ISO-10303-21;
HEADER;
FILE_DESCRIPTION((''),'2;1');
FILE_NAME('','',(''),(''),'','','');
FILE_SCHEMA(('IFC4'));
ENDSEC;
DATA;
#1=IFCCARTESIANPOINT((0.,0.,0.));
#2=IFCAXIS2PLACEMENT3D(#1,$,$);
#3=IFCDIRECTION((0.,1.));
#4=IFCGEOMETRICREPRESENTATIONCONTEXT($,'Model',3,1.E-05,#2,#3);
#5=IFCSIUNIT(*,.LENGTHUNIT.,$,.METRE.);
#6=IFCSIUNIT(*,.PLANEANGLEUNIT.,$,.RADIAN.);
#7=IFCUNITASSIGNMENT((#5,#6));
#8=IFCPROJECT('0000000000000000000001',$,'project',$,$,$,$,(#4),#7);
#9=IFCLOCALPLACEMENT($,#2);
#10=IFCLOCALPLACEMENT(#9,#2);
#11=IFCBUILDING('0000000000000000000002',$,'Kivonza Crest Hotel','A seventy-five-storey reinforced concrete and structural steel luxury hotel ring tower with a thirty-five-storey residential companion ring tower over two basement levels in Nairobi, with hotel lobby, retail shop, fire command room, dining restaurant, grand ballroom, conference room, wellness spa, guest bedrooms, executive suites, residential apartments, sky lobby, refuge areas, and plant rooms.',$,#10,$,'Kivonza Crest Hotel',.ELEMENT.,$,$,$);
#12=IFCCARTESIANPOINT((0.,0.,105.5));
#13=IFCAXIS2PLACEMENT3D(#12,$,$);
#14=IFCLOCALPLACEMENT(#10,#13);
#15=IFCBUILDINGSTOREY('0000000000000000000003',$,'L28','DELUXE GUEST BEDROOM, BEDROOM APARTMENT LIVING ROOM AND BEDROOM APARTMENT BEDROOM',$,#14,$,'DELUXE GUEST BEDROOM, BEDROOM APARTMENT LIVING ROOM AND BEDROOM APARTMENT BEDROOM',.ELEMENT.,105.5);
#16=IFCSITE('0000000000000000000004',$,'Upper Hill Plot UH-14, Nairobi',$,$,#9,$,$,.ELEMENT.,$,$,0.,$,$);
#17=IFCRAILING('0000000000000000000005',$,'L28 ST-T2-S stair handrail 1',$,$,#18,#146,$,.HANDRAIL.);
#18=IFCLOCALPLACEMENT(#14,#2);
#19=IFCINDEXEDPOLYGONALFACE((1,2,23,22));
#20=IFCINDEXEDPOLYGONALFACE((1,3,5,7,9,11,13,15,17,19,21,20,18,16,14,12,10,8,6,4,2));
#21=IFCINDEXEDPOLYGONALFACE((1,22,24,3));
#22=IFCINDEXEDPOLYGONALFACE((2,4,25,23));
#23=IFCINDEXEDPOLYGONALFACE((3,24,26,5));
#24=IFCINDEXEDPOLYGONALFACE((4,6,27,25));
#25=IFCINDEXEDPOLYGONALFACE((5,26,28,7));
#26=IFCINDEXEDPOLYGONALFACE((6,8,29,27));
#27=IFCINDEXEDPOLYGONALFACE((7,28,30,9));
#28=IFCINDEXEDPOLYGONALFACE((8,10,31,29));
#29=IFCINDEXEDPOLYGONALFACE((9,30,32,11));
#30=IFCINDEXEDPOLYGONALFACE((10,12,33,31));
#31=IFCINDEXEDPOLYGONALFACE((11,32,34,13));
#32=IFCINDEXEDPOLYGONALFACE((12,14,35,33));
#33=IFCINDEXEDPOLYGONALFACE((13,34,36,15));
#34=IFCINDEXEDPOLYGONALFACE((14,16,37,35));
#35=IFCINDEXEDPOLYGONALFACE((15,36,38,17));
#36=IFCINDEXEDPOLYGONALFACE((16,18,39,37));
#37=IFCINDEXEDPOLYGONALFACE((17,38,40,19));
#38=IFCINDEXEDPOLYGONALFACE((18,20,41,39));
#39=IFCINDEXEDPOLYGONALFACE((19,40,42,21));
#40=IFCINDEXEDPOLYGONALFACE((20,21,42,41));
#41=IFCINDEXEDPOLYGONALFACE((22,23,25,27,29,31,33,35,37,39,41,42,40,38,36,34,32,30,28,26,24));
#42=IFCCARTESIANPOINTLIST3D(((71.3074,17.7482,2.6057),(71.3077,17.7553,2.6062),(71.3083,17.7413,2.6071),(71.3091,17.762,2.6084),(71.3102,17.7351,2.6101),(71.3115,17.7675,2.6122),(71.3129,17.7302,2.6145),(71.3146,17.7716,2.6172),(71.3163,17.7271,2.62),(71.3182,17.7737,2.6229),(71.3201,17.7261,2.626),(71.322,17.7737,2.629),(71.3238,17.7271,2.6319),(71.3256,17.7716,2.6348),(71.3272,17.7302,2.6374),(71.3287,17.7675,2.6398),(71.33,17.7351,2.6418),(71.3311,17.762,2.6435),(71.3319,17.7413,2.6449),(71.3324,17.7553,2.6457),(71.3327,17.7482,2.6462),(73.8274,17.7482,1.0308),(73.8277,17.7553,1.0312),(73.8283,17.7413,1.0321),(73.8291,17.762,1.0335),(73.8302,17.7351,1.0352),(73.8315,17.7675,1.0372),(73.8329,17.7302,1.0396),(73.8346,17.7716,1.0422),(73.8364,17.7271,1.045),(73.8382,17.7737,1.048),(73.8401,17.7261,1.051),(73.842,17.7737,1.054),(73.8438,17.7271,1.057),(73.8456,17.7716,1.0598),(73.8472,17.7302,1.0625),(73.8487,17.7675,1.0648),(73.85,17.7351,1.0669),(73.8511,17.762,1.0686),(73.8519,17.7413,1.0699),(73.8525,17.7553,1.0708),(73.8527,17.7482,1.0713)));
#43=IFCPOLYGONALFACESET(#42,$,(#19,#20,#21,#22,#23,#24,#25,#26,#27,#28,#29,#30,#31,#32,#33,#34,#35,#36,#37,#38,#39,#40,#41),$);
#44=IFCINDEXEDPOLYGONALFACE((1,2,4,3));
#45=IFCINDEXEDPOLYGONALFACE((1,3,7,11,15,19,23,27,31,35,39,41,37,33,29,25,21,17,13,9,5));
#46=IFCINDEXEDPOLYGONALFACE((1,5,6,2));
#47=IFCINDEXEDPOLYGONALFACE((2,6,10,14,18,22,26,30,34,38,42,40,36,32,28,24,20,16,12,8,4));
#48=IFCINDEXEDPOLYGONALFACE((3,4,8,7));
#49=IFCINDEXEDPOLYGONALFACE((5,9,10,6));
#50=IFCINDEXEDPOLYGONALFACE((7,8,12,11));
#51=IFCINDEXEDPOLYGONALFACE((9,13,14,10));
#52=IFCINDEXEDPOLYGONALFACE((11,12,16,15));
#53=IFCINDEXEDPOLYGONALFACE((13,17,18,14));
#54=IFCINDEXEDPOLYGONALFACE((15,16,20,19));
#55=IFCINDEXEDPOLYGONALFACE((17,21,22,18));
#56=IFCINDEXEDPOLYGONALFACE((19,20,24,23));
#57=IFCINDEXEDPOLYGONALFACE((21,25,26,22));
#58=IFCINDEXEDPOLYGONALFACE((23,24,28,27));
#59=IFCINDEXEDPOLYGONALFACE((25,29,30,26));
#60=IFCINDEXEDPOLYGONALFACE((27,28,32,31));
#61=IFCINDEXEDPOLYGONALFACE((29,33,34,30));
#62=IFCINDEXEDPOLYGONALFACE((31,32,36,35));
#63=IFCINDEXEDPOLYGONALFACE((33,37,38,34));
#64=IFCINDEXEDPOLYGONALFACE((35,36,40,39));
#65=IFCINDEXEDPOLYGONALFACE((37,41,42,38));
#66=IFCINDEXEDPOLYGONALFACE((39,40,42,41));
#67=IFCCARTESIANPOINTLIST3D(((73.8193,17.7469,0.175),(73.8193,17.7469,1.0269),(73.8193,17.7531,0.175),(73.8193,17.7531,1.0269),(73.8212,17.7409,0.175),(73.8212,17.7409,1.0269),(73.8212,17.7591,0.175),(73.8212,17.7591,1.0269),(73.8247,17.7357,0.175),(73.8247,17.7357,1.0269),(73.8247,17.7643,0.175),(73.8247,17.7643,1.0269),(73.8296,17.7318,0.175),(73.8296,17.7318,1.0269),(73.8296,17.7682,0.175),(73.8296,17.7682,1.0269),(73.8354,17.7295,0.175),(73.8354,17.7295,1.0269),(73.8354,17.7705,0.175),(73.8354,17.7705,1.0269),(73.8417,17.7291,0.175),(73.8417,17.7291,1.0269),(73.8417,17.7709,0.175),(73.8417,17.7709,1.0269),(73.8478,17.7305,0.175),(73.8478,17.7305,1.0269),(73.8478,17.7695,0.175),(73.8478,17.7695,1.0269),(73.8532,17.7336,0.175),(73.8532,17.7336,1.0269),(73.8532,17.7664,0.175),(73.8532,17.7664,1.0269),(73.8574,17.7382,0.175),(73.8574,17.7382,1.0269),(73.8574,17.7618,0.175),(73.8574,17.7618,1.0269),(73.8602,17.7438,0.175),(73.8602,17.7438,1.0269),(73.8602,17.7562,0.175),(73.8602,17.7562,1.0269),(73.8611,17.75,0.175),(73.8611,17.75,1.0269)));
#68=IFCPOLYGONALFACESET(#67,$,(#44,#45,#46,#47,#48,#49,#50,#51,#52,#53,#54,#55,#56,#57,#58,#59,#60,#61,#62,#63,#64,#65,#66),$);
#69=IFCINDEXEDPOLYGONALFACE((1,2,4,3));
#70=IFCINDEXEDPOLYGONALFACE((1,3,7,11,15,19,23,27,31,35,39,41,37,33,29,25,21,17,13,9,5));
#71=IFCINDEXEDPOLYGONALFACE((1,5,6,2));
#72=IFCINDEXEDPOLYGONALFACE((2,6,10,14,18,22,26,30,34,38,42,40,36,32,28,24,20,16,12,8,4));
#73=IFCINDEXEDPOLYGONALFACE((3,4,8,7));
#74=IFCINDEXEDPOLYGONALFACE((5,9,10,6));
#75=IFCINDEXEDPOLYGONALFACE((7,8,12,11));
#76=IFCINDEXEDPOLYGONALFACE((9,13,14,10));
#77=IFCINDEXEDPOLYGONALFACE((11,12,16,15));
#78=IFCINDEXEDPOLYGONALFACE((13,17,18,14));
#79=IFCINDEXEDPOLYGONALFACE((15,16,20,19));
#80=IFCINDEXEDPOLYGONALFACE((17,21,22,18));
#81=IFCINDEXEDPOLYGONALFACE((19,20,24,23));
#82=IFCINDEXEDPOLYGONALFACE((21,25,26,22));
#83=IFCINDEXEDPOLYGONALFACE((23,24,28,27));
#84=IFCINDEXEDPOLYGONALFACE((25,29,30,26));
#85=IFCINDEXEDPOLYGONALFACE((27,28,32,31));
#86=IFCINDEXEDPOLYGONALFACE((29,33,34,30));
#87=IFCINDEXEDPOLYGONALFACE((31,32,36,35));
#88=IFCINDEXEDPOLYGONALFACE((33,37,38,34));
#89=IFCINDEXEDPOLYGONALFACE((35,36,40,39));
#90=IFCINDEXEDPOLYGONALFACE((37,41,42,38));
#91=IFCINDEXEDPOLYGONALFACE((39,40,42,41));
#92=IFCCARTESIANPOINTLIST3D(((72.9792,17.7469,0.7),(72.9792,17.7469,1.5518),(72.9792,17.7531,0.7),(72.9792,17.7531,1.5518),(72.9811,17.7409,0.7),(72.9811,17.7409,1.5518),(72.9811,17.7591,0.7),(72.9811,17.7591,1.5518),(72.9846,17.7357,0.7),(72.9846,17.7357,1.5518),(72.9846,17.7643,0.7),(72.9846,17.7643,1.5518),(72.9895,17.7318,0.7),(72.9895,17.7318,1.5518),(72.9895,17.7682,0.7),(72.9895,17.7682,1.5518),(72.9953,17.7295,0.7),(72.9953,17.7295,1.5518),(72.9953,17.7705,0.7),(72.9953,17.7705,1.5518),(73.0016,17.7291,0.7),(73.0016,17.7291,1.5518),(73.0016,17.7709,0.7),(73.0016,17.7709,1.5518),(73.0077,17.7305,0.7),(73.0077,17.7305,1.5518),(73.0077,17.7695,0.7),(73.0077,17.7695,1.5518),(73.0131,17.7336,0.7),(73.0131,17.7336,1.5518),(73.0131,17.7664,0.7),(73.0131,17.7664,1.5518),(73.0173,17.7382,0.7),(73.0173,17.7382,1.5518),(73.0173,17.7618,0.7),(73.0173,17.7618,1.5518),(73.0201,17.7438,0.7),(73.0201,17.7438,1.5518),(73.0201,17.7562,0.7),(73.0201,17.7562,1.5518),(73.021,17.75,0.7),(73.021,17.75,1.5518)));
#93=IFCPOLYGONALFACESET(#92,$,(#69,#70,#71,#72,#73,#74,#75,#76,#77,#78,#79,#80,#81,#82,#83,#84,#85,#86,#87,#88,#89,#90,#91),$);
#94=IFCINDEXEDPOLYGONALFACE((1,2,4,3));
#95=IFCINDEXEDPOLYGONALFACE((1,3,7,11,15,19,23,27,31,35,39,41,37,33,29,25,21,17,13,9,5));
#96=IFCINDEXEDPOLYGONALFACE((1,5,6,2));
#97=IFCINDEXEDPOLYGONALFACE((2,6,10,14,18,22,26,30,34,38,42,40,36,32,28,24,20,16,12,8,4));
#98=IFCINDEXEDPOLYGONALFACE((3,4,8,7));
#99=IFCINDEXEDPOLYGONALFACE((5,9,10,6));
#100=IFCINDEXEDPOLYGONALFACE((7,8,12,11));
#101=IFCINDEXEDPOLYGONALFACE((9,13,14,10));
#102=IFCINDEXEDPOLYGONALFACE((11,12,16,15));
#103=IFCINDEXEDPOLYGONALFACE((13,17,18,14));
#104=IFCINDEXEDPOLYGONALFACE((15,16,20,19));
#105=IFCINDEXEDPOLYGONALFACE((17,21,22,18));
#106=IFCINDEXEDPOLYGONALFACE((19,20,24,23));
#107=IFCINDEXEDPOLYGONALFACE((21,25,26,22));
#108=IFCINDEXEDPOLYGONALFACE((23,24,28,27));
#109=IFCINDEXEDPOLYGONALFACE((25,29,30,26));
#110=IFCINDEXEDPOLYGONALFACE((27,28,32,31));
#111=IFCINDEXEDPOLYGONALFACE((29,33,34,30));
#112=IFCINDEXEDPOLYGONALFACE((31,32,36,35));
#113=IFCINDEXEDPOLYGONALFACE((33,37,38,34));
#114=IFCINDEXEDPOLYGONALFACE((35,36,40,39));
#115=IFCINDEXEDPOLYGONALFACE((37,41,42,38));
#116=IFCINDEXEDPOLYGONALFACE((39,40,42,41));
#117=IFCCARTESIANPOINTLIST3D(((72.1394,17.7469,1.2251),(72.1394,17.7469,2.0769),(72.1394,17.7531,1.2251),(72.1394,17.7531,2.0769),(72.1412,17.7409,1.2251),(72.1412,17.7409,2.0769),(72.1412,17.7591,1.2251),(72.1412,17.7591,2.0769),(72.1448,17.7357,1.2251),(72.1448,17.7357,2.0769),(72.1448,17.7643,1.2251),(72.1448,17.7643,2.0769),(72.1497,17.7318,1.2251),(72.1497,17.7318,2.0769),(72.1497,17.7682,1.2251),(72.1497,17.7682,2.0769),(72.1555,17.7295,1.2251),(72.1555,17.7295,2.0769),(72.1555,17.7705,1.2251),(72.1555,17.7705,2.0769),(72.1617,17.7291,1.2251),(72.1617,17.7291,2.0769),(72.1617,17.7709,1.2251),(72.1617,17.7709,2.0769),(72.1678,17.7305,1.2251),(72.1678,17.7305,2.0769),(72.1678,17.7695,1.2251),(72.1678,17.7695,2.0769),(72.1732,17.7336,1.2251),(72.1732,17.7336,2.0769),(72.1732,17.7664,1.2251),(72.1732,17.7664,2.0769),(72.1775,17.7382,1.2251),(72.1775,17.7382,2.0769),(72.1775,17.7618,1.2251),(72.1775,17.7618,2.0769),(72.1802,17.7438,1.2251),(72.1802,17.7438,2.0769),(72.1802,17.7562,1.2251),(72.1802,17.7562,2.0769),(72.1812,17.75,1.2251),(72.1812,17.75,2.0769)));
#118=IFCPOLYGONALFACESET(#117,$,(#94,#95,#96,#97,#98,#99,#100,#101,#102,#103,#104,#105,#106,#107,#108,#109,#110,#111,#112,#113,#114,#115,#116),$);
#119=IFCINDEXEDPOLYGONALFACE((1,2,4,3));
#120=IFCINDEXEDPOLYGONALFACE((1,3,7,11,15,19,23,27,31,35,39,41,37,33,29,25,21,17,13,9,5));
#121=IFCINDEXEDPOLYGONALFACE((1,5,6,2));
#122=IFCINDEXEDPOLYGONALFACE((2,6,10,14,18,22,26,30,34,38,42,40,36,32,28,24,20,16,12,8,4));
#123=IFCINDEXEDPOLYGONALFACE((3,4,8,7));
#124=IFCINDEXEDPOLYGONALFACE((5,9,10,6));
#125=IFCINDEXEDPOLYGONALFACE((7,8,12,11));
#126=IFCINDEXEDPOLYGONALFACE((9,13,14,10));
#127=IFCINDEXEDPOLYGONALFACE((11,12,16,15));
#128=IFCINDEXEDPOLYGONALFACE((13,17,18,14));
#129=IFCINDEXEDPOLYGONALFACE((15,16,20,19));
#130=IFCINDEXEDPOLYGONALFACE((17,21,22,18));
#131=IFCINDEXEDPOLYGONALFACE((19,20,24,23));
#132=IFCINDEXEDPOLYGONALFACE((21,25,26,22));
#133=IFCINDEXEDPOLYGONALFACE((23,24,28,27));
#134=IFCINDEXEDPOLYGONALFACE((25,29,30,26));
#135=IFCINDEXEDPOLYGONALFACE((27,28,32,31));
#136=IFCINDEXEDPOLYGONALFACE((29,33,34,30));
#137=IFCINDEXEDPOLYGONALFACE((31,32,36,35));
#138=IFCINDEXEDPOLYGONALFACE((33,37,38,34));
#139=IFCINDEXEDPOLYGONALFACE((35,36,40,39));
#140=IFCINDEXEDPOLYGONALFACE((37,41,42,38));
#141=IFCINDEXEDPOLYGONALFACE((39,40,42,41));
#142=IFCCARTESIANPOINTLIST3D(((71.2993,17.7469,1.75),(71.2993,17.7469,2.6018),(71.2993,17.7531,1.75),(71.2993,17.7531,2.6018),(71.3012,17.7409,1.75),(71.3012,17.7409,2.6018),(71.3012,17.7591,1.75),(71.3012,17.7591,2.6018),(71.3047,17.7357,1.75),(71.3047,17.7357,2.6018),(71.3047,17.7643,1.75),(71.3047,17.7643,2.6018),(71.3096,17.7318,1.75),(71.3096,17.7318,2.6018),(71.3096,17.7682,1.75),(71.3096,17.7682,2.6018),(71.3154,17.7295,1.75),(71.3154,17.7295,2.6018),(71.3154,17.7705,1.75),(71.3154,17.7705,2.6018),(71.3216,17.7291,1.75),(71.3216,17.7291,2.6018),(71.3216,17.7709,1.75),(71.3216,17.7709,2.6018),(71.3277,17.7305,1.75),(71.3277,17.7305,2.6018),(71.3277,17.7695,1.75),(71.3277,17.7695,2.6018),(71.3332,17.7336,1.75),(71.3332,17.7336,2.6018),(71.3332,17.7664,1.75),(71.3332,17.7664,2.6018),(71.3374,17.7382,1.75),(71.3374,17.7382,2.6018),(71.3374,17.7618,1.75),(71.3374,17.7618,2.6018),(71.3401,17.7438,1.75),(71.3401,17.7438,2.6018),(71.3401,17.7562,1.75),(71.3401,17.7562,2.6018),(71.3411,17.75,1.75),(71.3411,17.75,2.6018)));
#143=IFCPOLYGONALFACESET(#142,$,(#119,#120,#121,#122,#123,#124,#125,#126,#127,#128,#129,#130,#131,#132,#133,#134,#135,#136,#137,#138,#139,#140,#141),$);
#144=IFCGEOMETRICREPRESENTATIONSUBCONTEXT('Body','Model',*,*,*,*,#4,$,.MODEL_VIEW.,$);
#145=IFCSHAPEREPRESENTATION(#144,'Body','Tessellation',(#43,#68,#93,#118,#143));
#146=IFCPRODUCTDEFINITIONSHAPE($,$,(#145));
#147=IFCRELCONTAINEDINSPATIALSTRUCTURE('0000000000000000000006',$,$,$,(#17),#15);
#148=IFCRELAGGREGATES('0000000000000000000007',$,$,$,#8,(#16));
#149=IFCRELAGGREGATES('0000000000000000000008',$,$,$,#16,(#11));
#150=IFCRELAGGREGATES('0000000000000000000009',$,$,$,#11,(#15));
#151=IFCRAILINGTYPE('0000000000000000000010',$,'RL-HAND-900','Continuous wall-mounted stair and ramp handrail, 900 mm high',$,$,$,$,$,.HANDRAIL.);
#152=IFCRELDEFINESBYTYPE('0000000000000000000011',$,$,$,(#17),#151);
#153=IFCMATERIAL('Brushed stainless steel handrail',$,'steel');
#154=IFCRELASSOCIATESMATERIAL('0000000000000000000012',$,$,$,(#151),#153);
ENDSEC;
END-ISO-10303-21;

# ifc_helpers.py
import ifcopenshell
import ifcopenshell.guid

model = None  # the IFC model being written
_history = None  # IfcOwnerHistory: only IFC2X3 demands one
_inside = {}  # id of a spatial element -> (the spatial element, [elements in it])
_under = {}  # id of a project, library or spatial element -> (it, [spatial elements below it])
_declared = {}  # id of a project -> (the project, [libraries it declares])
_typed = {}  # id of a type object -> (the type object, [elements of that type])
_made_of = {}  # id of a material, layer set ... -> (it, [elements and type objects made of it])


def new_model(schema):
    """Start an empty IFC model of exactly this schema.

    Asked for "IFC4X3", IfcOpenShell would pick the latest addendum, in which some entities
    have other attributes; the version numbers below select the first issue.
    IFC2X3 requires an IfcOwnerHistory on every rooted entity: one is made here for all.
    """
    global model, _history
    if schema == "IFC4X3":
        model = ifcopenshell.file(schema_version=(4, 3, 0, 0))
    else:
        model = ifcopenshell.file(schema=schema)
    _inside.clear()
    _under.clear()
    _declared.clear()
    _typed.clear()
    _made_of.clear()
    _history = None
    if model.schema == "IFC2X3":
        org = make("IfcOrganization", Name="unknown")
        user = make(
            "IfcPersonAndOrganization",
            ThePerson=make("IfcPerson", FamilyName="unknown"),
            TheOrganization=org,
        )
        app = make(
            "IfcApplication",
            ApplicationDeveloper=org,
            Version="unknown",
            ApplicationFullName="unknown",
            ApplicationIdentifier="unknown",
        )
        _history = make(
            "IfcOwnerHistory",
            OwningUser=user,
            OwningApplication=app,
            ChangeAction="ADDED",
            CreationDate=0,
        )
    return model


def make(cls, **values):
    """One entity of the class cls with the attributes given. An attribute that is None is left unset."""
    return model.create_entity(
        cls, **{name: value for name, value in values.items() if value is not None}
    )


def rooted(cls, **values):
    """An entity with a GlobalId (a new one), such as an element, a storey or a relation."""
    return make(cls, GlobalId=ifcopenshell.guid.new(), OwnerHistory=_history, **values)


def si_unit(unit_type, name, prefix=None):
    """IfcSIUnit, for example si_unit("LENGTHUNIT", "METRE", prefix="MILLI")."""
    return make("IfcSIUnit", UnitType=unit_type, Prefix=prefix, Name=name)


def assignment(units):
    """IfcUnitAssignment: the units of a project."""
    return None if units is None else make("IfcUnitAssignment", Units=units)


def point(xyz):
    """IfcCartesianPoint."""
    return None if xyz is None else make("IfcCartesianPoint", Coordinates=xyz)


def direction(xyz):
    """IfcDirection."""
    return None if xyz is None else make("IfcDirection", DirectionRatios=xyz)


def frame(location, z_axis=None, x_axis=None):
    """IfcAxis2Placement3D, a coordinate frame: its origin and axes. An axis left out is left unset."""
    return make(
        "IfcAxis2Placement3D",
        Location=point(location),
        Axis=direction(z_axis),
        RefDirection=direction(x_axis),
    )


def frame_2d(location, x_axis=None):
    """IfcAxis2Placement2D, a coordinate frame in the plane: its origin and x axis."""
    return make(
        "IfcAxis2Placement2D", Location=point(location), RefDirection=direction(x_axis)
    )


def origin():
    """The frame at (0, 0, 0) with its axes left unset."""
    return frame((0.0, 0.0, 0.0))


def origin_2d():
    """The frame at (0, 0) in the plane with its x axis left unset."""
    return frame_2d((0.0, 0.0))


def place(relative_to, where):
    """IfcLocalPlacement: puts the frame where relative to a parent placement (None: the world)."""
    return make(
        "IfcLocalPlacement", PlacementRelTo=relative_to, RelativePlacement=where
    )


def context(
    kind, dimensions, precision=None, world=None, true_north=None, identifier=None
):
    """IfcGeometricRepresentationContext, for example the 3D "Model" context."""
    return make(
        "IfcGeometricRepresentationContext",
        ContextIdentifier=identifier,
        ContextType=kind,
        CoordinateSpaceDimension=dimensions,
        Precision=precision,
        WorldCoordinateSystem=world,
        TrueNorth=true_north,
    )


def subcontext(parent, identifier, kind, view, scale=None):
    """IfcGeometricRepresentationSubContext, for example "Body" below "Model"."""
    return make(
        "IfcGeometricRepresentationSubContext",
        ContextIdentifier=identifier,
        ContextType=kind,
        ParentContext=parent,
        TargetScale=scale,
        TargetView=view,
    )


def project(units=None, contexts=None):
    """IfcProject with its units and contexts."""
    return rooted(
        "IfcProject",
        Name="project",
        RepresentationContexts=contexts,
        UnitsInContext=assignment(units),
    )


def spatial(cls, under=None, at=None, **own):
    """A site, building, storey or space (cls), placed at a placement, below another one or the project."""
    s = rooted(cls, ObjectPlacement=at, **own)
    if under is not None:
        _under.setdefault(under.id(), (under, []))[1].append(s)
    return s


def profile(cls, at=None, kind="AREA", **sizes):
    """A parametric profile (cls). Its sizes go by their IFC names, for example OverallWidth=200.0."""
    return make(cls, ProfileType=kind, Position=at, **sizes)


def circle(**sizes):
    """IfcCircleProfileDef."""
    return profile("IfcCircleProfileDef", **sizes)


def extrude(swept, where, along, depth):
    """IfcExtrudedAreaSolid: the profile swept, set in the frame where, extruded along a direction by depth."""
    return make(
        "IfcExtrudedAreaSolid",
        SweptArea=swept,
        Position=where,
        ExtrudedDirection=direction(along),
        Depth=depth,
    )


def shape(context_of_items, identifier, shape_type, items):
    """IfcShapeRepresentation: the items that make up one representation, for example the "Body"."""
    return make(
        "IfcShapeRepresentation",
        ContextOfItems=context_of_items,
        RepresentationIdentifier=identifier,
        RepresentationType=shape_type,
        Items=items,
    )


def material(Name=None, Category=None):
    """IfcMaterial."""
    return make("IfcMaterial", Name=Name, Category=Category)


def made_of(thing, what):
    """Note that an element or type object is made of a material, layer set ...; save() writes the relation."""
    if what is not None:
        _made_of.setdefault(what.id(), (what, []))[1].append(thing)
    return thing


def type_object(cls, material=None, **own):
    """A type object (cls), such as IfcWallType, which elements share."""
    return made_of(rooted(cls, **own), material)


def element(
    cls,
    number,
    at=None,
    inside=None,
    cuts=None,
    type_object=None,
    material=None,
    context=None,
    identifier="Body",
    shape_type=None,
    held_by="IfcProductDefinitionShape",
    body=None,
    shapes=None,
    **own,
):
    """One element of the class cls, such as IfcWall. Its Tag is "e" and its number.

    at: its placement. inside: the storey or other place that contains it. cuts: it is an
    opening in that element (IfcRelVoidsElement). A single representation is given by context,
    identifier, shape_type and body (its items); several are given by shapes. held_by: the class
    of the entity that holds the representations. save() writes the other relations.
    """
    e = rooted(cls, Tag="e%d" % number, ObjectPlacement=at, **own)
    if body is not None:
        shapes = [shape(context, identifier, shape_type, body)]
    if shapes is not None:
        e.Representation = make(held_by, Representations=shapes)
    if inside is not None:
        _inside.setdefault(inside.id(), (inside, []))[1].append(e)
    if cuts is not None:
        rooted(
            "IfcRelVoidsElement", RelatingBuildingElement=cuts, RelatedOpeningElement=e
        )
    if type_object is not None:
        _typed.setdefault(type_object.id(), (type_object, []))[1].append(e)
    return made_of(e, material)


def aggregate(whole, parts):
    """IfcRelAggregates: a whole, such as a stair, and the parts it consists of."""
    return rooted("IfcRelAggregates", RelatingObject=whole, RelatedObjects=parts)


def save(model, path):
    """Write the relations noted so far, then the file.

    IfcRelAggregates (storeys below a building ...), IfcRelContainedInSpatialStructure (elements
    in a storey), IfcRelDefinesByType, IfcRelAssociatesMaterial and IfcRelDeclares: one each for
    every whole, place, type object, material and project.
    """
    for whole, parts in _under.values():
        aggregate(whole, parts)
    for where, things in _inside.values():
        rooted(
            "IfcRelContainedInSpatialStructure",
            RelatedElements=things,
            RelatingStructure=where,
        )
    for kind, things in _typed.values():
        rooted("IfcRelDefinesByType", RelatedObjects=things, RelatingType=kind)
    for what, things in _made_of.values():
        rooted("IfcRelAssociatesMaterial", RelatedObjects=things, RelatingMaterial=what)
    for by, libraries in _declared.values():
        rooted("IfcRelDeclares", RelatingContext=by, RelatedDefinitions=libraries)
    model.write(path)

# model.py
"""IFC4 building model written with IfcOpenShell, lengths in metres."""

from ifc_helpers import new_model, si_unit, direction, frame, origin, origin_2d, place, context, subcontext, project, spatial, circle, extrude, material, type_object, element, save


model = new_model("IFC4")

# Units and contexts
model_context = context("Model", 3, precision=1e-05, world=origin(), true_north=direction((0.0, 1.0)))
body_context = subcontext(model_context, "Body", "Model", "MODEL_VIEW")
ifc_project = project(units=[si_unit("LENGTHUNIT", "METRE"), si_unit("PLANEANGLEUNIT", "RADIAN")], contexts=[model_context])

# Site, building, storey
site_placement = place(None, origin())
site = spatial("IfcSite", under=ifc_project, at=site_placement, Name="Upper Hill Plot UH-14, Nairobi", CompositionType="ELEMENT", RefElevation=0.0)
building_placement = place(site_placement, origin())
building = spatial("IfcBuilding", under=site, at=building_placement, Name="Kivonza Crest Hotel", Description="A seventy-five-storey reinforced concrete and structural steel luxury hotel ring tower with a thirty-five-storey residential companion ring tower over two basement levels in Nairobi, with hotel lobby, retail shop, fire command room, dining restaurant, grand ballroom, conference room, wellness spa, guest bedrooms, executive suites, residential apartments, sky lobby, refuge areas, and plant rooms.", LongName="Kivonza Crest Hotel", CompositionType="ELEMENT")
storey_placement = place(building_placement, frame((0.0, 0.0, 105.5)))
storey = spatial("IfcBuildingStorey", under=building, at=storey_placement, Name="L28", Description="DELUXE GUEST BEDROOM, BEDROOM APARTMENT LIVING ROOM AND BEDROOM APARTMENT BEDROOM", LongName="DELUXE GUEST BEDROOM, BEDROOM APARTMENT LIVING ROOM AND BEDROOM APARTMENT BEDROOM", CompositionType="ELEMENT", Elevation=105.5)

# Railing
ifc_material_1 = material(Name="Brushed stainless steel handrail", Category="steel")
railing_type_1 = type_object("IfcRailingType", Name="RL-HAND-900", Description="Continuous wall-mounted stair and ramp handrail, 900 mm high", PredefinedType="HANDRAIL", material=ifc_material_1)
railing_1_placement = place(storey_placement, frame((73.8401, 17.75, 0.175)))
element("IfcRailing", 1, at=railing_1_placement, inside=storey, type_object=railing_type_1, Name="L28 ST-T2-S stair handrail 1", PredefinedType="HANDRAIL", context=body_context, shape_type="SweptSolid", body=[
    extrude(circle(Radius=0.0239, at=origin_2d()), frame((0.0, 0.0, 0.876), z_axis=(-0.848008, 0.0, 0.529984), x_axis=(0.0, -1.0, 0.0)), (0.0, 0.0, 1.0), 2.9717),
    extrude(circle(Radius=0.021, at=origin_2d()), origin(), (0.0, 0.0, 1.0), 0.8518),
    extrude(circle(Radius=0.021, at=origin_2d()), frame((-0.8401, 0.0, 0.5249)), (0.0, 0.0, 1.0), 0.8518),
    extrude(circle(Radius=0.021, at=origin_2d()), frame((-1.6799, 0.0, 1.05)), (0.0, 0.0, 1.0), 0.8518),
    extrude(circle(Radius=0.021, at=origin_2d()), frame((-2.52, 0.0, 1.575)), (0.0, 0.0, 1.0), 0.8518),
])

save(model, "model.ifc")
